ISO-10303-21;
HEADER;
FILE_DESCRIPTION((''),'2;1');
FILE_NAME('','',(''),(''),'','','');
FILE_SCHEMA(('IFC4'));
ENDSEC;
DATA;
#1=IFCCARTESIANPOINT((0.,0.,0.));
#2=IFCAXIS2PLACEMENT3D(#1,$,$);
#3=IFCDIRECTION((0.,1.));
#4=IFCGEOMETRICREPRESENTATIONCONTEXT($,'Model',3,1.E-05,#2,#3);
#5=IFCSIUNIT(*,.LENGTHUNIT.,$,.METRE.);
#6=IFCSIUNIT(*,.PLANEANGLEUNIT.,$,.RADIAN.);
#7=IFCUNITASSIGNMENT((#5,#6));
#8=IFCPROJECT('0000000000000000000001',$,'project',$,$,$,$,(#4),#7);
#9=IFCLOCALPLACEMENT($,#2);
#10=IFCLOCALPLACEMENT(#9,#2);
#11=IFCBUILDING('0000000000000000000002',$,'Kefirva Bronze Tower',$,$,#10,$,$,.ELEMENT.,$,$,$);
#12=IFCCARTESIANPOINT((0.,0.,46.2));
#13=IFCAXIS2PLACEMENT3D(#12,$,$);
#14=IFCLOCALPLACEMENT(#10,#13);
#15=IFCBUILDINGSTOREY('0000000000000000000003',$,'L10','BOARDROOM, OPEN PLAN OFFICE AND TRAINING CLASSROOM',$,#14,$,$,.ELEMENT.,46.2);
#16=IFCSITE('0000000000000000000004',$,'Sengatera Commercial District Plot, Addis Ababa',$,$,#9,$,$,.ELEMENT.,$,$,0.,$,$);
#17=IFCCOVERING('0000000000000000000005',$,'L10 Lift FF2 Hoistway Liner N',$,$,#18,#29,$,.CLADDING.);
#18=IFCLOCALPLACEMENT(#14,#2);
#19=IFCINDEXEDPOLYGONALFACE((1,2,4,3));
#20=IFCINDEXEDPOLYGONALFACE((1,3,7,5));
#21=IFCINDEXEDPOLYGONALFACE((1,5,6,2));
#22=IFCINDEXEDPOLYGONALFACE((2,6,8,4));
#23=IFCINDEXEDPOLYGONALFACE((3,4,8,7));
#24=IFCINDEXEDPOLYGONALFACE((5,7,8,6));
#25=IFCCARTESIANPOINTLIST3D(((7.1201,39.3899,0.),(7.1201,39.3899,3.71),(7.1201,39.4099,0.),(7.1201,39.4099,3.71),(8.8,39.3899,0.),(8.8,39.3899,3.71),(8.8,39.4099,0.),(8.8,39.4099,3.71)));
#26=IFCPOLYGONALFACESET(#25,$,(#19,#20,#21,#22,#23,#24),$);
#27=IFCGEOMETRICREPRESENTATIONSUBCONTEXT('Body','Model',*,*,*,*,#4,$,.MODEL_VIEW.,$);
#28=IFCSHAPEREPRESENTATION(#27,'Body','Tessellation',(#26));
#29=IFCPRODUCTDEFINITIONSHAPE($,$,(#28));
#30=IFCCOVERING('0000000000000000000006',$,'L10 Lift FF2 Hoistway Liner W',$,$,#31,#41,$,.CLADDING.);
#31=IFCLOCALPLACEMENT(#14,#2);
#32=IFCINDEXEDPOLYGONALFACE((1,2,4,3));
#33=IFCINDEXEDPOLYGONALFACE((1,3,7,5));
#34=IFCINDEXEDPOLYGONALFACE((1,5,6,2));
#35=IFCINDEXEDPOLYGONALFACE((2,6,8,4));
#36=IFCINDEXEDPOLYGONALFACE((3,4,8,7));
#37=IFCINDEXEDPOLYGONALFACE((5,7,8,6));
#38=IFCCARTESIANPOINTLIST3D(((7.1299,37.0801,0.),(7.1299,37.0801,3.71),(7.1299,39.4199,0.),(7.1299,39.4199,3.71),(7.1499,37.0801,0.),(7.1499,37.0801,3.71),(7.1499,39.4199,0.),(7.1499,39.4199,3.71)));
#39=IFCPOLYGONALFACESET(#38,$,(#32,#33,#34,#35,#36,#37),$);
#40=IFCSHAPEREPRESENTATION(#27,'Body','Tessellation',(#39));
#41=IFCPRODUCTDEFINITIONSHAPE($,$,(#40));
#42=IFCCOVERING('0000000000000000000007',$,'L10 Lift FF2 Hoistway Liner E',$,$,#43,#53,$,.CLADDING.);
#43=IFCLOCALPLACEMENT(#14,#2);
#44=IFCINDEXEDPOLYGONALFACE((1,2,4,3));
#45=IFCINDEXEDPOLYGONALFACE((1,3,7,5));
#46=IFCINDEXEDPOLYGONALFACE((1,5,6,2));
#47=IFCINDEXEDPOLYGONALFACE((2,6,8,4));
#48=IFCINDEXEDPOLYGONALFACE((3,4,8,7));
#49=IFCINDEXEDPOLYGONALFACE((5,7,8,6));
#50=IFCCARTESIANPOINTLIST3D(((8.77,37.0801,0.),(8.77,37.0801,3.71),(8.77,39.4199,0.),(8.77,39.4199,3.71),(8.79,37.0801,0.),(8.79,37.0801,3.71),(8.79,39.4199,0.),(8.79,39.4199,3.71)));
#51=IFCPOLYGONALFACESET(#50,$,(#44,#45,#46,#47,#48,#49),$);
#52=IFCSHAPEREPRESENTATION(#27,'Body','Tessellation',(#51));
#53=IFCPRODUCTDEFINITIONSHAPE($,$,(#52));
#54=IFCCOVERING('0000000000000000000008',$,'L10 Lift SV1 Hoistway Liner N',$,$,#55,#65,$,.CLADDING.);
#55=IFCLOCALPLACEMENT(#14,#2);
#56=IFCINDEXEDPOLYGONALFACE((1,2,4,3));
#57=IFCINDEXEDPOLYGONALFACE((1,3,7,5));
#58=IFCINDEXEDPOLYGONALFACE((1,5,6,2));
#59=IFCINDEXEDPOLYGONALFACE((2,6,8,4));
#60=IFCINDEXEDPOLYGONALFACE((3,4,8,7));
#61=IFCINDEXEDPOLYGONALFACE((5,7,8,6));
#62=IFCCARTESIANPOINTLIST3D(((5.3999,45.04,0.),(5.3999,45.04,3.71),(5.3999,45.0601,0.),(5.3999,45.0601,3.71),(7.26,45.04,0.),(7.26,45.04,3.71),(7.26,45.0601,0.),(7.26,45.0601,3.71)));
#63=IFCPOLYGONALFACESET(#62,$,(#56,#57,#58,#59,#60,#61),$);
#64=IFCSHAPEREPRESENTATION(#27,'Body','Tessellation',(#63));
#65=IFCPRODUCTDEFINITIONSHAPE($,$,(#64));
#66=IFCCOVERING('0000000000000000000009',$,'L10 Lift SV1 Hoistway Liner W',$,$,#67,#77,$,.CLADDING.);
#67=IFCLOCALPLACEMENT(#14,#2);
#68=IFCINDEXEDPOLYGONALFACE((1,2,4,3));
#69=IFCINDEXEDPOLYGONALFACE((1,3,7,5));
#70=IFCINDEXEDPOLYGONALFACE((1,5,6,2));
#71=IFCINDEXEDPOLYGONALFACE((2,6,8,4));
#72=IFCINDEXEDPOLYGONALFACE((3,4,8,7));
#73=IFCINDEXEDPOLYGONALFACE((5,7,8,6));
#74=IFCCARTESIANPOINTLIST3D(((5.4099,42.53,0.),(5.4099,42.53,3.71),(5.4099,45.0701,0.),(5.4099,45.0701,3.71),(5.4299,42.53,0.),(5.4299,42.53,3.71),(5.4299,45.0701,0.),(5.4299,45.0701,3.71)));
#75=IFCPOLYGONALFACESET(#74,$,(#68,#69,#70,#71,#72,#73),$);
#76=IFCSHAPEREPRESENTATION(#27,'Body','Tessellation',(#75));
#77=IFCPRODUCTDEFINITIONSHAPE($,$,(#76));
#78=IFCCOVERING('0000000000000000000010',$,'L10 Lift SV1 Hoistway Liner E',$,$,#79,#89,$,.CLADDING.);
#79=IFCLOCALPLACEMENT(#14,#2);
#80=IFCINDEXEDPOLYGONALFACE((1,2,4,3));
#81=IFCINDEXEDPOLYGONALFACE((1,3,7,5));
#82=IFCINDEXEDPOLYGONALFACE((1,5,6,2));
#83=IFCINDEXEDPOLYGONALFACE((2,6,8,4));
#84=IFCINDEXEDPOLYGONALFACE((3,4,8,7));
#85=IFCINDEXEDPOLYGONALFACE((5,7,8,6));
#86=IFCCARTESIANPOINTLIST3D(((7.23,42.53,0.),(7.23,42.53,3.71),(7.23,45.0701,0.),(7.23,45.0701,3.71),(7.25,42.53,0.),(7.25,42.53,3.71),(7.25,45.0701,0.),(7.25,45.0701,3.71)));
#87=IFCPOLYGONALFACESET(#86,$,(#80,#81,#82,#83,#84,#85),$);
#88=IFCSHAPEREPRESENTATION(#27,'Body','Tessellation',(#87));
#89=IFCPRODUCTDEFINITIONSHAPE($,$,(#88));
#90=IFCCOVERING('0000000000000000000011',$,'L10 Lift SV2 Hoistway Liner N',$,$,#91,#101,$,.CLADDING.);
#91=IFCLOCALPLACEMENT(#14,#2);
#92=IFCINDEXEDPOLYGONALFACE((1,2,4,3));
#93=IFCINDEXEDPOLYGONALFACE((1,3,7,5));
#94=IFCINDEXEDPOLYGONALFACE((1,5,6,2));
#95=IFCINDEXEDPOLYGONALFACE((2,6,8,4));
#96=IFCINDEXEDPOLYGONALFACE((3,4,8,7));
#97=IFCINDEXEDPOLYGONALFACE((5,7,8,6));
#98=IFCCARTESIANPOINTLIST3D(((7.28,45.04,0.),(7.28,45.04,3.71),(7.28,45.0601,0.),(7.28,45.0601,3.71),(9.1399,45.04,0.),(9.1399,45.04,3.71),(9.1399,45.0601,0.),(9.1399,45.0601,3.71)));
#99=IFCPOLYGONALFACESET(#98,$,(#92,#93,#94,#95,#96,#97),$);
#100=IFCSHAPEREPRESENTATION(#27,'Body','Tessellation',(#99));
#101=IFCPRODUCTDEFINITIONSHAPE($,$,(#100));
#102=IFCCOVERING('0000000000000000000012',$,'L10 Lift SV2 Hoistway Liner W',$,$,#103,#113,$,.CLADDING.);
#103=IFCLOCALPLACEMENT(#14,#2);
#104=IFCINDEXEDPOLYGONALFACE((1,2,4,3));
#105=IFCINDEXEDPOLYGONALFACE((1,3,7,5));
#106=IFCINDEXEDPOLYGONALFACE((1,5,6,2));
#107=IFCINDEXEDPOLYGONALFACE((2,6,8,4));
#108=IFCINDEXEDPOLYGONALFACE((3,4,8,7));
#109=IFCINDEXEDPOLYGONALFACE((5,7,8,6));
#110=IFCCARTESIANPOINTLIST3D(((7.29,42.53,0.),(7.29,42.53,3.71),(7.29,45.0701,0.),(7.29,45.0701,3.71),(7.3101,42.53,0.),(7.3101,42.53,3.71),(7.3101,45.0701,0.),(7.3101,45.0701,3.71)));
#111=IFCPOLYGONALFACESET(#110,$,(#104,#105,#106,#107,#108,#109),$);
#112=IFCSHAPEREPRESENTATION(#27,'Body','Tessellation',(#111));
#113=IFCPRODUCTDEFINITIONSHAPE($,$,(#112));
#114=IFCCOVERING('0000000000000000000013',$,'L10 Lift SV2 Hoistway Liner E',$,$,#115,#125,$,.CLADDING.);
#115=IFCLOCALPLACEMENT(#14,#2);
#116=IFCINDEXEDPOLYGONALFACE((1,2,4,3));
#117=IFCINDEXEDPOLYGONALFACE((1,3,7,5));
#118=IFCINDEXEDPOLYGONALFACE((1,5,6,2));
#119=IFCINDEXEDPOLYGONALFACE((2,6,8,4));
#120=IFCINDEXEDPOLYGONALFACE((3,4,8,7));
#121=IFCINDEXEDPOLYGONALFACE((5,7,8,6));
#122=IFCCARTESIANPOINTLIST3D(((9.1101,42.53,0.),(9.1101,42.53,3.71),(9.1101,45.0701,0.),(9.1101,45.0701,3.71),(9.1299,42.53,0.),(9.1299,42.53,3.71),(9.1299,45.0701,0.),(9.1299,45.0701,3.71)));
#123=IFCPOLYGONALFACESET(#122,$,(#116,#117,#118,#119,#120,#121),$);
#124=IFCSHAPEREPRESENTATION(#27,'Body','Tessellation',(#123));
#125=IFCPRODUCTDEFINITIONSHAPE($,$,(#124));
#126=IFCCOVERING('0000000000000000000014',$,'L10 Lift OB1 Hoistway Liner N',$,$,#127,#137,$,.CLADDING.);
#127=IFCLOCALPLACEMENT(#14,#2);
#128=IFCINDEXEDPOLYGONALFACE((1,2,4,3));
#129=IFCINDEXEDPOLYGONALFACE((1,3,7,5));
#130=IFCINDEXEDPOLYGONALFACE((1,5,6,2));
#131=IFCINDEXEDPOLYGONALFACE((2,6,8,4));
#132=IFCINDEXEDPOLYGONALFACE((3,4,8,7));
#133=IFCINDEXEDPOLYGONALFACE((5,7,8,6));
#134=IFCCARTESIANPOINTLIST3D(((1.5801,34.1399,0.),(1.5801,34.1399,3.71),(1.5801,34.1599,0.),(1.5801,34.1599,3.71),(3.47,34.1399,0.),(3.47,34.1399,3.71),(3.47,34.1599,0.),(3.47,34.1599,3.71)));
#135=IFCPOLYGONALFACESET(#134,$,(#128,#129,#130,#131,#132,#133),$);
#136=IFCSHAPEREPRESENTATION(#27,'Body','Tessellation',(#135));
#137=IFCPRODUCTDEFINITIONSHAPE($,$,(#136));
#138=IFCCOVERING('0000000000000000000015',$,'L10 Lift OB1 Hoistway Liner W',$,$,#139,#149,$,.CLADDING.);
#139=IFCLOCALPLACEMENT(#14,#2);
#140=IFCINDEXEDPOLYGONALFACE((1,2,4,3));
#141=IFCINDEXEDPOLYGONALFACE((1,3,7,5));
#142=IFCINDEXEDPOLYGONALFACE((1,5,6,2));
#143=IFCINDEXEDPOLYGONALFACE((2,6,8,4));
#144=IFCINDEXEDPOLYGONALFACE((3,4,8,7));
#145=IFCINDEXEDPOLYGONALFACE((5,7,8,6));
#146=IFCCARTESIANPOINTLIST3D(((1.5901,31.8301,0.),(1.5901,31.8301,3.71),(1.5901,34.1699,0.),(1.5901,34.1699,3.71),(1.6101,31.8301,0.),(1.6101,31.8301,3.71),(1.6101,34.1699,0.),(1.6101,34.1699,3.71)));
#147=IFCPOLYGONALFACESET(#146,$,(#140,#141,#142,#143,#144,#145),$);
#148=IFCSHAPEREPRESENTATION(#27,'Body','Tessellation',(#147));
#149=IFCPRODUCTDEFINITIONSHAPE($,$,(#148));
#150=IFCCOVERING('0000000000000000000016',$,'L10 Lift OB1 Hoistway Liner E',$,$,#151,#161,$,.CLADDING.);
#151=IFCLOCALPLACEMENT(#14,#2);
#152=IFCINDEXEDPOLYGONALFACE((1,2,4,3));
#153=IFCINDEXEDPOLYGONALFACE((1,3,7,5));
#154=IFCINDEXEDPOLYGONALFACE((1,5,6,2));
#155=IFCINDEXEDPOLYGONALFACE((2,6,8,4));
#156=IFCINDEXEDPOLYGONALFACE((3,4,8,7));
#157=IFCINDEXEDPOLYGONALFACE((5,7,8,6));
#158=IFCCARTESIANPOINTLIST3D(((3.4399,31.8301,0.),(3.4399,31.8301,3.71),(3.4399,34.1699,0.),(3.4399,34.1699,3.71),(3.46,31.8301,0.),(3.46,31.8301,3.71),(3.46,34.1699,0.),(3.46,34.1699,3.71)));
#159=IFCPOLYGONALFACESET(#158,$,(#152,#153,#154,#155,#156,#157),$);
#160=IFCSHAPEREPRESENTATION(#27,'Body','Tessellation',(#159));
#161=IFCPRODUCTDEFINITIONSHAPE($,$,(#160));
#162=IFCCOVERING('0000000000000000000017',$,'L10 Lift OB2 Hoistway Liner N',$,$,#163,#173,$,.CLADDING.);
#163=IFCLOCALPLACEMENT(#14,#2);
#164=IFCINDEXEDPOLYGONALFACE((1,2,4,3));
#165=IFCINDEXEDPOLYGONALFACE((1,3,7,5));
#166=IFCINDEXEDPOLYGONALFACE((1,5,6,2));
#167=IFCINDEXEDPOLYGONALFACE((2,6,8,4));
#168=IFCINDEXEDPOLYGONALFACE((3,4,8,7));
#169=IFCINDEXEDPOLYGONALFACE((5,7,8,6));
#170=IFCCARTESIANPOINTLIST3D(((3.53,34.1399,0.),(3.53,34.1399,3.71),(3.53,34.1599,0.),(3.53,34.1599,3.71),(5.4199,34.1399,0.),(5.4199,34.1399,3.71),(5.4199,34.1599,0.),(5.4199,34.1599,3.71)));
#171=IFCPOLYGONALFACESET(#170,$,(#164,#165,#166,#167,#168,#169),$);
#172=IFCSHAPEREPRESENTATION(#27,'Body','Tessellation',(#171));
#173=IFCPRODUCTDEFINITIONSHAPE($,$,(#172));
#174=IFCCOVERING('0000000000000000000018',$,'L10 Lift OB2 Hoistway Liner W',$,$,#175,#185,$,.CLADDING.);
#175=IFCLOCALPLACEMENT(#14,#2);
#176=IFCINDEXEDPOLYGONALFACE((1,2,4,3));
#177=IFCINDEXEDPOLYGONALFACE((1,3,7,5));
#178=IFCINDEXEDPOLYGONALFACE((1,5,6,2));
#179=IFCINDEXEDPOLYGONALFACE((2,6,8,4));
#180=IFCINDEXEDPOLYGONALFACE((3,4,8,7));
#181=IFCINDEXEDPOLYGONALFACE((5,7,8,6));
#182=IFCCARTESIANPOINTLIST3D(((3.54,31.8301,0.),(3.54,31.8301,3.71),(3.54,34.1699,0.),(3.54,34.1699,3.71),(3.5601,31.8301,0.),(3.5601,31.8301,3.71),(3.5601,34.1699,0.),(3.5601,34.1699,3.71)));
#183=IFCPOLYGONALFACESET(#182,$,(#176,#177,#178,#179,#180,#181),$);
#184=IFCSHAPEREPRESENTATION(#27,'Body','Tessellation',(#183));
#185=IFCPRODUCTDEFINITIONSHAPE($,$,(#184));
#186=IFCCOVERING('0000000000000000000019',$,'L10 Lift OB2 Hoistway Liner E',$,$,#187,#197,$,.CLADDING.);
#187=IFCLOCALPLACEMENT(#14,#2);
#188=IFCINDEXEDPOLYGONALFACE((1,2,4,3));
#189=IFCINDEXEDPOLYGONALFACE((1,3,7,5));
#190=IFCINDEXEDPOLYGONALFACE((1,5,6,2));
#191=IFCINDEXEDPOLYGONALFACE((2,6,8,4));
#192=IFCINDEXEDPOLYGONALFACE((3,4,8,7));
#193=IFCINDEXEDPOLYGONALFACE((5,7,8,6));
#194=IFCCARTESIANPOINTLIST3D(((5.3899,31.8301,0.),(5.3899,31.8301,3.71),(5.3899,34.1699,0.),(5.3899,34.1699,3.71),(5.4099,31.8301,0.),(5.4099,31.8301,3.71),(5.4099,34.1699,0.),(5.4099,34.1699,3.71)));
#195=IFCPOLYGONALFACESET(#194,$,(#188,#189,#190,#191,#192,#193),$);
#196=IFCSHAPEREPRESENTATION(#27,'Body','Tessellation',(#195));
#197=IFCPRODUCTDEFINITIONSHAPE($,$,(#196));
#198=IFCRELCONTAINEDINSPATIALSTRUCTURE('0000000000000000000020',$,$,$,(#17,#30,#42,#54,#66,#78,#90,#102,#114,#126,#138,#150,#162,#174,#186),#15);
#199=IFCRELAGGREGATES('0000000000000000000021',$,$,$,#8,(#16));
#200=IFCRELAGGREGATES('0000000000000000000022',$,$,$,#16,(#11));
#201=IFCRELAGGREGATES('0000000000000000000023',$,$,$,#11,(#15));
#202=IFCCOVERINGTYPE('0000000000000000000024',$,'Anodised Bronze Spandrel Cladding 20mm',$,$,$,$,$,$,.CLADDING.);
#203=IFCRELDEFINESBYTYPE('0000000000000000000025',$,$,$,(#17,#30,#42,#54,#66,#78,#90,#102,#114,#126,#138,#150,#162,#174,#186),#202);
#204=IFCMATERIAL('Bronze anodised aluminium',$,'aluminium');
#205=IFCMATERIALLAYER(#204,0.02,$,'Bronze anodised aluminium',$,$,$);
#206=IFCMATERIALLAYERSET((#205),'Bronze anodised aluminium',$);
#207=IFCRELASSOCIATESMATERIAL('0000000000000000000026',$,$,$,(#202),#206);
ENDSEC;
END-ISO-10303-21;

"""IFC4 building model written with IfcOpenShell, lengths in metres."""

from ifc_helpers import new_model, si_unit, direction, frame, origin, place, context, subcontext, project, spatial, polyline, outline, extrude, material, layer, layer_set, type_object, element, save


model = new_model("IFC4")

# Units and contexts
model_context = context("Model", 3, precision=1e-05, world=origin(), true_north=direction((0.0, 1.0)))
body_context = subcontext(model_context, "Body", "Model", "MODEL_VIEW")
ifc_project = project(units=[si_unit("LENGTHUNIT", "METRE"), si_unit("PLANEANGLEUNIT", "RADIAN")], contexts=[model_context])

# Site, building, storey
site_placement = place(None, origin())
site = spatial("IfcSite", under=ifc_project, at=site_placement, Name="Sengatera Commercial District Plot, Addis Ababa", CompositionType="ELEMENT", RefElevation=0.0)
building_placement = place(site_placement, origin())
building = spatial("IfcBuilding", under=site, at=building_placement, Name="Kefirva Bronze Tower", CompositionType="ELEMENT")
storey_placement = place(building_placement, frame((0.0, 0.0, 46.2)))
storey = spatial("IfcBuildingStorey", under=building, at=storey_placement, Name="L10", Description="BOARDROOM, OPEN PLAN OFFICE AND TRAINING CLASSROOM", CompositionType="ELEMENT", Elevation=46.2)

# Coverings
ifc_material_1 = material(Name="Bronze anodised aluminium", Category="aluminium")
ifc_layer_1 = layer(ifc_material_1, 0.02, Name="Bronze anodised aluminium")
ifc_layer_set_1 = layer_set([ifc_layer_1], Name="Bronze anodised aluminium")
covering_type = type_object("IfcCoveringType", Name="Anodised Bronze Spandrel Cladding 20mm", PredefinedType="CLADDING", material=ifc_layer_set_1)
covering_1_placement = place(storey_placement, origin())
element("IfcCovering", 1, at=covering_1_placement, inside=storey, type_object=covering_type, Name="L10 Lift FF2 Hoistway Liner N", PredefinedType="CLADDING", context=body_context, shape_type="SweptSolid", body=[
    extrude(outline(polyline([(7.1201, 39.3899), (8.8, 39.3899), (8.8, 39.4099), (7.1201, 39.4099), (7.1201, 39.3899)])), origin(), (0.0, 0.0, 1.0), 3.71),
])
covering_2_placement = place(storey_placement, origin())
element("IfcCovering", 2, at=covering_2_placement, inside=storey, type_object=covering_type, Name="L10 Lift FF2 Hoistway Liner W", PredefinedType="CLADDING", context=body_context, shape_type="SweptSolid", body=[
    extrude(outline(polyline([(7.1299, 37.0801), (7.1499, 37.0801), (7.1499, 39.4199), (7.1299, 39.4199), (7.1299, 37.0801)])), origin(), (0.0, 0.0, 1.0), 3.71),
])
covering_3_placement = place(storey_placement, origin())
element("IfcCovering", 3, at=covering_3_placement, inside=storey, type_object=covering_type, Name="L10 Lift FF2 Hoistway Liner E", PredefinedType="CLADDING", context=body_context, shape_type="SweptSolid", body=[
    extrude(outline(polyline([(8.77, 37.0801), (8.79, 37.0801), (8.79, 39.4199), (8.77, 39.4199), (8.77, 37.0801)])), origin(), (0.0, 0.0, 1.0), 3.71),
])
covering_4_placement = place(storey_placement, origin())
element("IfcCovering", 4, at=covering_4_placement, inside=storey, type_object=covering_type, Name="L10 Lift SV1 Hoistway Liner N", PredefinedType="CLADDING", context=body_context, shape_type="SweptSolid", body=[
    extrude(outline(polyline([(5.3999, 45.04), (7.26, 45.04), (7.26, 45.0601), (5.3999, 45.0601), (5.3999, 45.04)])), origin(), (0.0, 0.0, 1.0), 3.71),
])
covering_5_placement = place(storey_placement, origin())
element("IfcCovering", 5, at=covering_5_placement, inside=storey, type_object=covering_type, Name="L10 Lift SV1 Hoistway Liner W", PredefinedType="CLADDING", context=body_context, shape_type="SweptSolid", body=[
    extrude(outline(polyline([(5.4099, 42.53), (5.4299, 42.53), (5.4299, 45.0701), (5.4099, 45.0701), (5.4099, 42.53)])), origin(), (0.0, 0.0, 1.0), 3.71),
])
covering_6_placement = place(storey_placement, origin())
element("IfcCovering", 6, at=covering_6_placement, inside=storey, type_object=covering_type, Name="L10 Lift SV1 Hoistway Liner E", PredefinedType="CLADDING", context=body_context, shape_type="SweptSolid", body=[
    extrude(outline(polyline([(7.23, 42.53), (7.25, 42.53), (7.25, 45.0701), (7.23, 45.0701), (7.23, 42.53)])), origin(), (0.0, 0.0, 1.0), 3.71),
])
covering_7_placement = place(storey_placement, origin())
element("IfcCovering", 7, at=covering_7_placement, inside=storey, type_object=covering_type, Name="L10 Lift SV2 Hoistway Liner N", PredefinedType="CLADDING", context=body_context, shape_type="SweptSolid", body=[
    extrude(outline(polyline([(7.28, 45.04), (9.1399, 45.04), (9.1399, 45.0601), (7.28, 45.0601), (7.28, 45.04)])), origin(), (0.0, 0.0, 1.0), 3.71),
])
covering_8_placement = place(storey_placement, origin())
element("IfcCovering", 8, at=covering_8_placement, inside=storey, type_object=covering_type, Name="L10 Lift SV2 Hoistway Liner W", PredefinedType="CLADDING", context=body_context, shape_type="SweptSolid", body=[
    extrude(outline(polyline([(7.29, 42.53), (7.3101, 42.53), (7.3101, 45.0701), (7.29, 45.0701), (7.29, 42.53)])), origin(), (0.0, 0.0, 1.0), 3.71),
])
covering_9_placement = place(storey_placement, origin())
element("IfcCovering", 9, at=covering_9_placement, inside=storey, type_object=covering_type, Name="L10 Lift SV2 Hoistway Liner E", PredefinedType="CLADDING", context=body_context, shape_type="SweptSolid", body=[
    extrude(outline(polyline([(9.1101, 42.53), (9.1299, 42.53), (9.1299, 45.0701), (9.1101, 45.0701), (9.1101, 42.53)])), origin(), (0.0, 0.0, 1.0), 3.71),
])
covering_10_placement = place(storey_placement, origin())
element("IfcCovering", 10, at=covering_10_placement, inside=storey, type_object=covering_type, Name="L10 Lift OB1 Hoistway Liner N", PredefinedType="CLADDING", context=body_context, shape_type="SweptSolid", body=[
    extrude(outline(polyline([(1.5801, 34.1399), (3.47, 34.1399), (3.47, 34.1599), (1.5801, 34.1599), (1.5801, 34.1399)])), origin(), (0.0, 0.0, 1.0), 3.71),
])
covering_11_placement = place(storey_placement, origin())
element("IfcCovering", 11, at=covering_11_placement, inside=storey, type_object=covering_type, Name="L10 Lift OB1 Hoistway Liner W", PredefinedType="CLADDING", context=body_context, shape_type="SweptSolid", body=[
    extrude(outline(polyline([(1.5901, 31.8301), (1.6101, 31.8301), (1.6101, 34.1699), (1.5901, 34.1699), (1.5901, 31.8301)])), origin(), (0.0, 0.0, 1.0), 3.71),
])
covering_12_placement = place(storey_placement, origin())
element("IfcCovering", 12, at=covering_12_placement, inside=storey, type_object=covering_type, Name="L10 Lift OB1 Hoistway Liner E", PredefinedType="CLADDING", context=body_context, shape_type="SweptSolid", body=[
    extrude(outline(polyline([(3.4399, 31.8301), (3.46, 31.8301), (3.46, 34.1699), (3.4399, 34.1699), (3.4399, 31.8301)])), origin(), (0.0, 0.0, 1.0), 3.71),
])
covering_13_placement = place(storey_placement, origin())
element("IfcCovering", 13, at=covering_13_placement, inside=storey, type_object=covering_type, Name="L10 Lift OB2 Hoistway Liner N", PredefinedType="CLADDING", context=body_context, shape_type="SweptSolid", body=[
    extrude(outline(polyline([(3.53, 34.1399), (5.4199, 34.1399), (5.4199, 34.1599), (3.53, 34.1599), (3.53, 34.1399)])), origin(), (0.0, 0.0, 1.0), 3.71),
])
covering_14_placement = place(storey_placement, origin())
element("IfcCovering", 14, at=covering_14_placement, inside=storey, type_object=covering_type, Name="L10 Lift OB2 Hoistway Liner W", PredefinedType="CLADDING", context=body_context, shape_type="SweptSolid", body=[
    extrude(outline(polyline([(3.54, 31.8301), (3.5601, 31.8301), (3.5601, 34.1699), (3.54, 34.1699), (3.54, 31.8301)])), origin(), (0.0, 0.0, 1.0), 3.71),
])
covering_15_placement = place(storey_placement, origin())
element("IfcCovering", 15, at=covering_15_placement, inside=storey, type_object=covering_type, Name="L10 Lift OB2 Hoistway Liner E", PredefinedType="CLADDING", context=body_context, shape_type="SweptSolid", body=[
    extrude(outline(polyline([(5.3899, 31.8301), (5.4099, 31.8301), (5.4099, 34.1699), (5.3899, 34.1699), (5.3899, 31.8301)])), origin(), (0.0, 0.0, 1.0), 3.71),
])

save(model, "model.ifc")
